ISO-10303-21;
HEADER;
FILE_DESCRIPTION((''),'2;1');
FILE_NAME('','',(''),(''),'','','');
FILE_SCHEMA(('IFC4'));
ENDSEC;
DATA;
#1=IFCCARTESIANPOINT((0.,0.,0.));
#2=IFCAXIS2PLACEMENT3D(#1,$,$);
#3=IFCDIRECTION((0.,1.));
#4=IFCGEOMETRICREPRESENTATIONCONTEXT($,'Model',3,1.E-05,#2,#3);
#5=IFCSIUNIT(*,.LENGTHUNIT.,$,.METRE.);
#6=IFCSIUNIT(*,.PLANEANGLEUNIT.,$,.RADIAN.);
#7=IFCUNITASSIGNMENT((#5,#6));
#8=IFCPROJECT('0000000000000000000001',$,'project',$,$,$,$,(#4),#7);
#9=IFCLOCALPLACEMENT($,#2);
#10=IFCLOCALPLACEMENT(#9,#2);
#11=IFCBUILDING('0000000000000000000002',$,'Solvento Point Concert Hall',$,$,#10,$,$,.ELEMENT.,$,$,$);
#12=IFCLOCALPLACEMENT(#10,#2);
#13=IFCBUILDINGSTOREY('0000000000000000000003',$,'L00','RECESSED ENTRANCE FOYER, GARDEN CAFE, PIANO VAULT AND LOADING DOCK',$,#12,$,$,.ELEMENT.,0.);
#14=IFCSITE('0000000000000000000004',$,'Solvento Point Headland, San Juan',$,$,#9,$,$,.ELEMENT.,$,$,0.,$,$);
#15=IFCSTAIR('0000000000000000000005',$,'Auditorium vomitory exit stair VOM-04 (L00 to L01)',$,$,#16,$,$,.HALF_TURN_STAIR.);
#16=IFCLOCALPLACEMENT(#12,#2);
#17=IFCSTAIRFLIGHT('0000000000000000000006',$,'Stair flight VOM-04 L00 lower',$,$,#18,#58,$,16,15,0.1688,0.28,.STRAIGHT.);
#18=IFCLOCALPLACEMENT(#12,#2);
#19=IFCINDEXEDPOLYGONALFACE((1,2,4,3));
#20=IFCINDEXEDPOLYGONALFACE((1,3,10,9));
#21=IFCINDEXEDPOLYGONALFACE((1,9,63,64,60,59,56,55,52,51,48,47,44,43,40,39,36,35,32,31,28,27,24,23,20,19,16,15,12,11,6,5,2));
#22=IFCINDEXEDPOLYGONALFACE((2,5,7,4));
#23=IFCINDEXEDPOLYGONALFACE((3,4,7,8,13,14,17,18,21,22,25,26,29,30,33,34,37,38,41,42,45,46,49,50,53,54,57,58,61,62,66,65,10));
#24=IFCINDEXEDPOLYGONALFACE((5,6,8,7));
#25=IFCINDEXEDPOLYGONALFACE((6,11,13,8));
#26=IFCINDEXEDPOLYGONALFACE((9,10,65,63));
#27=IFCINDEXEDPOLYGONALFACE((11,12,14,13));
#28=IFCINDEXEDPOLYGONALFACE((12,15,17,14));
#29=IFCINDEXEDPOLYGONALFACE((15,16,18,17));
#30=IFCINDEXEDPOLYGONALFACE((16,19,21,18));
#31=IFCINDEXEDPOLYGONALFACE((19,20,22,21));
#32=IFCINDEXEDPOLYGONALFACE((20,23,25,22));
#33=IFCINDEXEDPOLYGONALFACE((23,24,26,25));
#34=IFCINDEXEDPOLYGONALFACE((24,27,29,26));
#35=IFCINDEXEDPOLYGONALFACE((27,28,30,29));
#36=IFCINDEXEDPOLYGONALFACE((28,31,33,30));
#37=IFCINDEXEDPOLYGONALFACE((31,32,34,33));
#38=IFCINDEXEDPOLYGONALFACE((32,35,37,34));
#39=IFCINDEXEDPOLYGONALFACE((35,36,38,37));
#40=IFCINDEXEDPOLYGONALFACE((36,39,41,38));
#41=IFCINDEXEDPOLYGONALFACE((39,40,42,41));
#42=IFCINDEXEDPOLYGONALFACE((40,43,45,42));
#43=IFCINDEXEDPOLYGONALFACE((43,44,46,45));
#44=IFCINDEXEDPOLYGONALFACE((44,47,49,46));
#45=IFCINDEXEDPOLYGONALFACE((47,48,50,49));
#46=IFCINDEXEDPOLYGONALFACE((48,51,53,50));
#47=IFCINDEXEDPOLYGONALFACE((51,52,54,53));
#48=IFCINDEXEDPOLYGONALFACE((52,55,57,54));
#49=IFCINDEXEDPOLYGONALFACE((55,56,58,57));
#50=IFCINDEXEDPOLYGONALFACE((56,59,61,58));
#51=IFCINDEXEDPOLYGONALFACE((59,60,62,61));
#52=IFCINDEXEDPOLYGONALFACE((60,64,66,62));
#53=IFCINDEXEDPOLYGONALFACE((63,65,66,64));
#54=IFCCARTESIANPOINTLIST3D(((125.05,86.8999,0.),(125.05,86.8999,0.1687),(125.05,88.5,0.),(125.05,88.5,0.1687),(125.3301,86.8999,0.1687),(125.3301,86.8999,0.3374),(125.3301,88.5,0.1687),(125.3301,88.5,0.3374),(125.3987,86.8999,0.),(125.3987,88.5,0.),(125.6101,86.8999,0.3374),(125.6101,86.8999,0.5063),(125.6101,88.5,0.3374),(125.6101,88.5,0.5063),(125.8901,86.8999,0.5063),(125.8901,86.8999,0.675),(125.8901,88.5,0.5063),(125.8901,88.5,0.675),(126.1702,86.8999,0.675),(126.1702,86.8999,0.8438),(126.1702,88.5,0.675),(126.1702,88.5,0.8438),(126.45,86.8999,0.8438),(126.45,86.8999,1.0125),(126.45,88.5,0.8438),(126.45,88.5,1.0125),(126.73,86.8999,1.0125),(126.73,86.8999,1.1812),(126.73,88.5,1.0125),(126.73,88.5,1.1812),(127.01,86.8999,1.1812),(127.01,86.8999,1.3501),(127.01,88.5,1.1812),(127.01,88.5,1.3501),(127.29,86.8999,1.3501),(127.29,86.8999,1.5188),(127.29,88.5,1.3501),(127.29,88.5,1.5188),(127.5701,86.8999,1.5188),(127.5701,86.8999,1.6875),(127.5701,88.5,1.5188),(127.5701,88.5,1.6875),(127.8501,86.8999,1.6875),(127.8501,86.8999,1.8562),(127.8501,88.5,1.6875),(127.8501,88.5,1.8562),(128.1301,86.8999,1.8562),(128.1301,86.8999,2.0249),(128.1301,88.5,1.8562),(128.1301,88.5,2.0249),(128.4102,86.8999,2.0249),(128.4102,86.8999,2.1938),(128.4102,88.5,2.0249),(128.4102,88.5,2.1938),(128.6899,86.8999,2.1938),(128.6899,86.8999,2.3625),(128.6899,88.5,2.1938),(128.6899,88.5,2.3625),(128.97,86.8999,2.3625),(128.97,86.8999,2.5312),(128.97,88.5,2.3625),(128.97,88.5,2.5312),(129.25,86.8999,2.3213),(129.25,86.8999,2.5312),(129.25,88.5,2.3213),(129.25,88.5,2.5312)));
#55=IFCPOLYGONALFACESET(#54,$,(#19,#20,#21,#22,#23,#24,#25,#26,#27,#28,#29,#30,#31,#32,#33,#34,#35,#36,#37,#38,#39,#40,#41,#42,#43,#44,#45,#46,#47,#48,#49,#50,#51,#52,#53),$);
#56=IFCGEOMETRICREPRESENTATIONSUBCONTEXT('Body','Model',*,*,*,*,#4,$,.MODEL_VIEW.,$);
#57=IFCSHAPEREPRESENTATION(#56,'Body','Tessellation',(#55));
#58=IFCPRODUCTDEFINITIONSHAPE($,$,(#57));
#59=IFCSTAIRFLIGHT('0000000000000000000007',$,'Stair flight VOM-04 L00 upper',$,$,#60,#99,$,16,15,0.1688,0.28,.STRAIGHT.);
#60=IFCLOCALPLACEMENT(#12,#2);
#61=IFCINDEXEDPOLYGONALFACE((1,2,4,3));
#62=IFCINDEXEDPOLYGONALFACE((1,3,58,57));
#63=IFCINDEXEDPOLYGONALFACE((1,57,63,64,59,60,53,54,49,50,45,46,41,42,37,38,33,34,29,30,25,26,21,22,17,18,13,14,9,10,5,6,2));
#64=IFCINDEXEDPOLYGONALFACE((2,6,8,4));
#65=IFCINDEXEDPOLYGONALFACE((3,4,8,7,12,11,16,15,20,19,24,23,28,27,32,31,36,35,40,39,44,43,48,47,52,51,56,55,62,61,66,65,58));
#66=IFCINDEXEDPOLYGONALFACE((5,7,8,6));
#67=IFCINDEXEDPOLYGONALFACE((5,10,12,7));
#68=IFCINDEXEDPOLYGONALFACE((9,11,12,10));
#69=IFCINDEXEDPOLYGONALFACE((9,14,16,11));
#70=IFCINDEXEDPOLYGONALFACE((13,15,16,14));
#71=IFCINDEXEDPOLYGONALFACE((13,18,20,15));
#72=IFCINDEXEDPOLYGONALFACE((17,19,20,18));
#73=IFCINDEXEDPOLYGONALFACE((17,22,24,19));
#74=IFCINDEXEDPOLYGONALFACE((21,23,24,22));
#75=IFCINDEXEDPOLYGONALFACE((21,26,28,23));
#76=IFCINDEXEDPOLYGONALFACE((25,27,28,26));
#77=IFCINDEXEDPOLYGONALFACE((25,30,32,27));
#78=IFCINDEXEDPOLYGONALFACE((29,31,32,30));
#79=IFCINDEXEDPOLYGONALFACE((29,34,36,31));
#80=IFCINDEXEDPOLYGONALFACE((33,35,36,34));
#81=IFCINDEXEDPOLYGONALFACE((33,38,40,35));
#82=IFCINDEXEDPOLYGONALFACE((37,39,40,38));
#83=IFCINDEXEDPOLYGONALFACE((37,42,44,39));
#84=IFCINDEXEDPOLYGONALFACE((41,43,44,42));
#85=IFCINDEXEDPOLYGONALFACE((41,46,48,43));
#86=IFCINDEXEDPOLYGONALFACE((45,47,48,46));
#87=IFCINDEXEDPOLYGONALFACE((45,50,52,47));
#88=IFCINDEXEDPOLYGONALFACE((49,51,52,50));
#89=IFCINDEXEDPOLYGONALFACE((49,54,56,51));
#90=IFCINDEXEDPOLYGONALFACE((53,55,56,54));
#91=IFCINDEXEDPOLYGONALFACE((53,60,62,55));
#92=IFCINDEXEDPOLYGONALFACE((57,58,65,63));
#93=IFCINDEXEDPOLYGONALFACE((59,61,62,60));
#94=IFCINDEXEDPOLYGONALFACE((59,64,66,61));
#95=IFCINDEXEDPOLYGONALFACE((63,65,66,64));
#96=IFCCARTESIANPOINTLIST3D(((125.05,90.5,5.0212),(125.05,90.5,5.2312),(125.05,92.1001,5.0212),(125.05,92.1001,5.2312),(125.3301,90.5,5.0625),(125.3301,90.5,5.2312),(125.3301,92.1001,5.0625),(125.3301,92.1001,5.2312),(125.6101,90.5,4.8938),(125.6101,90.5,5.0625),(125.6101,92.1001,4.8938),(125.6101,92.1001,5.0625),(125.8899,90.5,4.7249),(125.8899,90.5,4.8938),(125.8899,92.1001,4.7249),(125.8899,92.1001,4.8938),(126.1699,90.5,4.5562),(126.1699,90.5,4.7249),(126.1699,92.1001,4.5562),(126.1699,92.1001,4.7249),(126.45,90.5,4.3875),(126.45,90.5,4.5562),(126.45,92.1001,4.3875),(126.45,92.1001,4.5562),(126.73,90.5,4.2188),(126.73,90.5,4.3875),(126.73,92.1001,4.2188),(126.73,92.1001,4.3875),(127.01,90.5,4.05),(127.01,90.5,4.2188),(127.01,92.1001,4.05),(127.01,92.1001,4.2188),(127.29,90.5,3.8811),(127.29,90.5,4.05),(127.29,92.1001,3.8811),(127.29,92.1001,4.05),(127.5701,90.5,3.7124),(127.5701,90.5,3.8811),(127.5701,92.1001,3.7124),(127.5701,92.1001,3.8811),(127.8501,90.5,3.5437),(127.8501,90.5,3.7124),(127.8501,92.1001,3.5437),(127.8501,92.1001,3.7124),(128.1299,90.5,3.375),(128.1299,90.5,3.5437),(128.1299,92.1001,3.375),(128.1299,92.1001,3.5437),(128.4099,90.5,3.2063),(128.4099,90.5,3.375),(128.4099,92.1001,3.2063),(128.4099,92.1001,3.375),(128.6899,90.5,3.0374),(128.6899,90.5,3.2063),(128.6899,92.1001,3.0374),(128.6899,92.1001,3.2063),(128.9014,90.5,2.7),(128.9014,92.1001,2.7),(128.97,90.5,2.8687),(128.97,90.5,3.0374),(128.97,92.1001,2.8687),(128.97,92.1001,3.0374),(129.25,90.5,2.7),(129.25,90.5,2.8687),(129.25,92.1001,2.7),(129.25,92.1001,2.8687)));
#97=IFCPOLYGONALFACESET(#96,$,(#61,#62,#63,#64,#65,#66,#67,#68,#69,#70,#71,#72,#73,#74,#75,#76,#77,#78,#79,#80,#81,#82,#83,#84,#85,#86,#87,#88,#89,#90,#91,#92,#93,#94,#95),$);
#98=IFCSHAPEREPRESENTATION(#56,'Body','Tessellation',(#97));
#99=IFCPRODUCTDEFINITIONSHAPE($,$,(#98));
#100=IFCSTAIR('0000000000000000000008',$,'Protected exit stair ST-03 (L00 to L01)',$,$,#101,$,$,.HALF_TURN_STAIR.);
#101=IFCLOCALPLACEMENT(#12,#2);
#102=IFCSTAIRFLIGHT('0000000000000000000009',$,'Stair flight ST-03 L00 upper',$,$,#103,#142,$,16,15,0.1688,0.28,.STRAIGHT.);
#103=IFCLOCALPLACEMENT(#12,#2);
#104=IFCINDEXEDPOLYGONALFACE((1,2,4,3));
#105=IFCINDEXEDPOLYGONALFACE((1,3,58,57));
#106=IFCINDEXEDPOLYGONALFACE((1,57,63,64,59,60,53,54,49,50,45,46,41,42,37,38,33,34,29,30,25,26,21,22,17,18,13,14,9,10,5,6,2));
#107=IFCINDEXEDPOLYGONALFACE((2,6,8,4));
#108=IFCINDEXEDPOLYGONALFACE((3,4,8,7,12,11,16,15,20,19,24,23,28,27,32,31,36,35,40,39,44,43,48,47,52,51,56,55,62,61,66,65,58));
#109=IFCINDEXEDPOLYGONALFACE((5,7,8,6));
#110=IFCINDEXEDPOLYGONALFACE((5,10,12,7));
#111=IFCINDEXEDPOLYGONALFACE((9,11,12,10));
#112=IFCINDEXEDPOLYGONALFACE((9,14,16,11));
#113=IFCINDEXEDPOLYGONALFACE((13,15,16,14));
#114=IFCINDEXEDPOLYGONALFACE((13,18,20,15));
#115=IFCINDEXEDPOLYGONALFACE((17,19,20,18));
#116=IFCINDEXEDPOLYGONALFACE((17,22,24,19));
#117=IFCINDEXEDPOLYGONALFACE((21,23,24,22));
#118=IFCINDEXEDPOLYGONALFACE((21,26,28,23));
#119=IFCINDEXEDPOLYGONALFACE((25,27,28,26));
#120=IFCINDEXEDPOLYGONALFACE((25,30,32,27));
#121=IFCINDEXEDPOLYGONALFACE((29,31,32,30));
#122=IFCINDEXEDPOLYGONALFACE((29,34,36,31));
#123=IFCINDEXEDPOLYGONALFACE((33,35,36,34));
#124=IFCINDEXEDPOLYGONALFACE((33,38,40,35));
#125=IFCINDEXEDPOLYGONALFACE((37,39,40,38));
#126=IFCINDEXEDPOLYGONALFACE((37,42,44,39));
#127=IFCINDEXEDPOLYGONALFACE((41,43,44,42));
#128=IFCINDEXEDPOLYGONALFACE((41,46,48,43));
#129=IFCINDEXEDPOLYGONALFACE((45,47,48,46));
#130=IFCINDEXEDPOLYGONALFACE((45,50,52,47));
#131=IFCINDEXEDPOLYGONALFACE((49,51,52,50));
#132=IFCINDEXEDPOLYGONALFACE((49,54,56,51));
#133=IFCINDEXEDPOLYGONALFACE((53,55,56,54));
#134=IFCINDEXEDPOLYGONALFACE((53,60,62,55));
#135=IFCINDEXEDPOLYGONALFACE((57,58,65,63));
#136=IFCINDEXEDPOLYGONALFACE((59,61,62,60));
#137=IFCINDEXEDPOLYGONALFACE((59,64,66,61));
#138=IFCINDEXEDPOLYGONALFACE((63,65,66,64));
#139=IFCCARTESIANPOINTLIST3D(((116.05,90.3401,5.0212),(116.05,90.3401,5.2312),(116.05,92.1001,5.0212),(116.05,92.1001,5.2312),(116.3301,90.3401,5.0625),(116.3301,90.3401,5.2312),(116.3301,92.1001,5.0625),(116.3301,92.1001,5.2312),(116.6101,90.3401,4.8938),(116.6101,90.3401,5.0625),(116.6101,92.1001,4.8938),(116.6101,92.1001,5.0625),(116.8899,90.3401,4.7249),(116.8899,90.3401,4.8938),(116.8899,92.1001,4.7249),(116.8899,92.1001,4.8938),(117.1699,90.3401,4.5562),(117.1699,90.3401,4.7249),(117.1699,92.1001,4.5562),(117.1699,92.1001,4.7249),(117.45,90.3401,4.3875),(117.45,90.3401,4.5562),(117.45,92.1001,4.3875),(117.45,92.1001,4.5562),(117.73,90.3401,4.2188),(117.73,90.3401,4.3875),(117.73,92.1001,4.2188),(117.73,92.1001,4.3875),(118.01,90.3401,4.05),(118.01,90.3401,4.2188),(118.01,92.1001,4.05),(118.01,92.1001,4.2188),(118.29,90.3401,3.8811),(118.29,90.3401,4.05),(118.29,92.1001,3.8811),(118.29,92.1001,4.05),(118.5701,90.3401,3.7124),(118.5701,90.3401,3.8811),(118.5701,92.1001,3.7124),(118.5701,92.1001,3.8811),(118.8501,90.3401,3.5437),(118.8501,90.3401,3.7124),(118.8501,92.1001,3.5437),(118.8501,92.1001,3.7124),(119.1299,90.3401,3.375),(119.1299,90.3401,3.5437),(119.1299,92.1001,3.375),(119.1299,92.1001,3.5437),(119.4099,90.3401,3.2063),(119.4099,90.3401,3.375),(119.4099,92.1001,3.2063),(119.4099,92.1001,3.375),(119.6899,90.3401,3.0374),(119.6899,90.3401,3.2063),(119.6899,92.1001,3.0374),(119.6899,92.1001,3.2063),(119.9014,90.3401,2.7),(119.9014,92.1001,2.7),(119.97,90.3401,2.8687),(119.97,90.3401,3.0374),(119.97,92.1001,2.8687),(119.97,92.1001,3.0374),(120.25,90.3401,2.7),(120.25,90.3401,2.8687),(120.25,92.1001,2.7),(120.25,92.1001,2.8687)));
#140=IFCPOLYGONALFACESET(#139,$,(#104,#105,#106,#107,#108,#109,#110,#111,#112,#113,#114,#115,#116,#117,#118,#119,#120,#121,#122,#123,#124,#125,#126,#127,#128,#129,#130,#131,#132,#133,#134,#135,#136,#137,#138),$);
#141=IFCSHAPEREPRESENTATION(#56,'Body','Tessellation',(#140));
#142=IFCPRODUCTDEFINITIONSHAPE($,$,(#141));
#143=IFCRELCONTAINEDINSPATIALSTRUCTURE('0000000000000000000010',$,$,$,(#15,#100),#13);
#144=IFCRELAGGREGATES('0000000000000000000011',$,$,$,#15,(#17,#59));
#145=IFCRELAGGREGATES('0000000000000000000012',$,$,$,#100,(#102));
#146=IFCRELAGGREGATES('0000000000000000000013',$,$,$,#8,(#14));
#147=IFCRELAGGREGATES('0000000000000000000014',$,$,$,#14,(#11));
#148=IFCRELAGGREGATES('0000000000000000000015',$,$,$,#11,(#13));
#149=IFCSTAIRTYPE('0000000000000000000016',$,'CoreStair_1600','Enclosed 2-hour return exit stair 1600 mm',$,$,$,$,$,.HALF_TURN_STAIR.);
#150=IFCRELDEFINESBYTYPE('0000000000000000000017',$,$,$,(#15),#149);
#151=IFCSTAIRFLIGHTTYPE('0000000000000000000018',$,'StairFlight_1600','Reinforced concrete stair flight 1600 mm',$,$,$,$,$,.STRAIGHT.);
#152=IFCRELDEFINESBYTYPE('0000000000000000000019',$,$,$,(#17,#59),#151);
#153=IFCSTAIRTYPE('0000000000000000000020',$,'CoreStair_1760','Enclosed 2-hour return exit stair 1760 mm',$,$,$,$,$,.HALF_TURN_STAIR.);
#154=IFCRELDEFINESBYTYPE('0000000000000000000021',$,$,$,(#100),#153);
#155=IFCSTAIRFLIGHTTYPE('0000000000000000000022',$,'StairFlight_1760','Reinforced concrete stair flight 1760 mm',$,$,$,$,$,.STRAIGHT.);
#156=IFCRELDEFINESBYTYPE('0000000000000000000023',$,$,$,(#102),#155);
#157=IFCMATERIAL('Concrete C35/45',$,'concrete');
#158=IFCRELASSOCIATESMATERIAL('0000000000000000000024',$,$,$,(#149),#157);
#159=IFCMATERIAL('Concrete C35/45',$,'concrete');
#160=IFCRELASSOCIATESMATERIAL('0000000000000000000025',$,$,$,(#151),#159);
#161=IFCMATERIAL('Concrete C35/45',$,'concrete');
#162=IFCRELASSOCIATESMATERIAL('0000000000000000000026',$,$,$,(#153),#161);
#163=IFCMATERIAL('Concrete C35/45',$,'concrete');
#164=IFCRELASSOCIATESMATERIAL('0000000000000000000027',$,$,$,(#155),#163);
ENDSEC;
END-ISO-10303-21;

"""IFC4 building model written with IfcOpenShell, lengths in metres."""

from ifc_helpers import new_model, si_unit, direction, frame, origin, place, context, subcontext, project, spatial, polyline, outline, extrude, material, type_object, element, aggregate, save


model = new_model("IFC4")

# Units and contexts
model_context = context("Model", 3, precision=1e-05, world=origin(), true_north=direction((0.0, 1.0)))
body_context = subcontext(model_context, "Body", "Model", "MODEL_VIEW")
ifc_project = project(units=[si_unit("LENGTHUNIT", "METRE"), si_unit("PLANEANGLEUNIT", "RADIAN")], contexts=[model_context])

# Site, building, storey
site_placement = place(None, origin())
site = spatial("IfcSite", under=ifc_project, at=site_placement, Name="Solvento Point Headland, San Juan", CompositionType="ELEMENT", RefElevation=0.0)
building_placement = place(site_placement, origin())
building = spatial("IfcBuilding", under=site, at=building_placement, Name="Solvento Point Concert Hall", CompositionType="ELEMENT")
storey_placement = place(building_placement, origin())
storey = spatial("IfcBuildingStorey", under=building, at=storey_placement, Name="L00", Description="RECESSED ENTRANCE FOYER, GARDEN CAFE, PIANO VAULT AND LOADING DOCK", CompositionType="ELEMENT", Elevation=0.0)

# Stair, stair flights
ifc_material_1 = material(Name="Concrete C35/45", Category="concrete")
stair_type_1 = type_object("IfcStairType", Name="CoreStair_1600", Description="Enclosed 2-hour return exit stair 1600 mm", PredefinedType="HALF_TURN_STAIR", material=ifc_material_1)
stair_1_placement = place(storey_placement, origin())
stair_1 = element("IfcStair", 1, at=stair_1_placement, inside=storey, type_object=stair_type_1, Name="Auditorium vomitory exit stair VOM-04 (L00 to L01)", PredefinedType="HALF_TURN_STAIR")
ifc_material_2 = material(Name="Concrete C35/45", Category="concrete")
stair_flight_type_1 = type_object("IfcStairFlightType", Name="StairFlight_1600", Description="Reinforced concrete stair flight 1600 mm", PredefinedType="STRAIGHT", material=ifc_material_2)
stair_flight_1_placement = place(storey_placement, frame((125.05, 87.7, 0.0), z_axis=(0.0, 0.0, 1.0), x_axis=(1.0, 0.0, 0.0)))
stair_flight_1 = element("IfcStairFlight", 2, at=stair_flight_1_placement, type_object=stair_flight_type_1, Name="Stair flight VOM-04 L00 lower", NumberOfRisers=16, NumberOfTreads=15, PredefinedType="STRAIGHT", RiserHeight=0.1688, TreadLength=0.28, context=body_context, shape_type="SweptSolid", body=[
    extrude(outline(polyline([(0.0, 0.0), (0.0, 0.1687), (0.28, 0.1687), (0.28, 0.3374), (0.5601, 0.3374), (0.5601, 0.5063), (0.8401, 0.5063), (0.8401, 0.675), (1.1201, 0.675), (1.1201, 0.8438), (1.3999, 0.8438), (1.3999, 1.0125), (1.6799, 1.0125), (1.6799, 1.1812), (1.96, 1.1812), (1.96, 1.3501), (2.24, 1.3501), (2.24, 1.5188), (2.52, 1.5188), (2.52, 1.6875), (2.8, 1.6875), (2.8, 1.8562), (3.0801, 1.8562), (3.0801, 2.0249), (3.3601, 2.0249), (3.3601, 2.1938), (3.6399, 2.1938), (3.6399, 2.3625), (3.9199, 2.3625), (3.9199, 2.5312), (4.2, 2.5312), (4.2, 2.7), (4.2, 2.3213), (0.3486, 0.0), (0.0, 0.0)])), frame((0.0, 0.8, 0.0), z_axis=(0.0, -1.0, 0.0), x_axis=(1.0, 0.0, 0.0)), (0.0, 0.0, 1.0), 1.6001),
])
stair_flight_2_placement = place(storey_placement, frame((129.25, 91.3, 2.7), z_axis=(0.0, 0.0, 1.0), x_axis=(-1.0, 0.0, 0.0)))
stair_flight_2 = element("IfcStairFlight", 3, at=stair_flight_2_placement, type_object=stair_flight_type_1, Name="Stair flight VOM-04 L00 upper", NumberOfRisers=16, NumberOfTreads=15, PredefinedType="STRAIGHT", RiserHeight=0.1688, TreadLength=0.28, context=body_context, shape_type="SweptSolid", body=[
    extrude(outline(polyline([(0.0, 0.0), (0.0, 0.1687), (0.28, 0.1687), (0.28, 0.3374), (0.5601, 0.3374), (0.5601, 0.5063), (0.8401, 0.5063), (0.8401, 0.675), (1.1201, 0.675), (1.1201, 0.8438), (1.3999, 0.8438), (1.3999, 1.0125), (1.6799, 1.0125), (1.6799, 1.1812), (1.96, 1.1812), (1.96, 1.3501), (2.24, 1.3501), (2.24, 1.5188), (2.52, 1.5188), (2.52, 1.6875), (2.8, 1.6875), (2.8, 1.8562), (3.0801, 1.8562), (3.0801, 2.0249), (3.3601, 2.0249), (3.3601, 2.1938), (3.6399, 2.1938), (3.6399, 2.3625), (3.9199, 2.3625), (3.9199, 2.5312), (4.2, 2.5312), (4.2, 2.7), (4.2, 2.3213), (0.3486, 0.0), (0.0, 0.0)])), frame((0.0, 0.8, 0.0), z_axis=(0.0, -1.0, 0.0), x_axis=(1.0, 0.0, 0.0)), (0.0, 0.0, 1.0), 1.6001),
])
aggregate(stair_1, [stair_flight_1, stair_flight_2])

# Stair, stair flight
ifc_material_3 = material(Name="Concrete C35/45", Category="concrete")
stair_type_2 = type_object("IfcStairType", Name="CoreStair_1760", Description="Enclosed 2-hour return exit stair 1760 mm", PredefinedType="HALF_TURN_STAIR", material=ifc_material_3)
stair_2_placement = place(storey_placement, origin())
stair_2 = element("IfcStair", 4, at=stair_2_placement, inside=storey, type_object=stair_type_2, Name="Protected exit stair ST-03 (L00 to L01)", PredefinedType="HALF_TURN_STAIR")
ifc_material_4 = material(Name="Concrete C35/45", Category="concrete")
stair_flight_type_2 = type_object("IfcStairFlightType", Name="StairFlight_1760", Description="Reinforced concrete stair flight 1760 mm", PredefinedType="STRAIGHT", material=ifc_material_4)
stair_flight_3_placement = place(storey_placement, frame((120.25, 91.22, 2.7), z_axis=(0.0, 0.0, 1.0), x_axis=(-1.0, 0.0, 0.0)))
stair_flight_3 = element("IfcStairFlight", 5, at=stair_flight_3_placement, type_object=stair_flight_type_2, Name="Stair flight ST-03 L00 upper", NumberOfRisers=16, NumberOfTreads=15, PredefinedType="STRAIGHT", RiserHeight=0.1688, TreadLength=0.28, context=body_context, shape_type="SweptSolid", body=[
    extrude(outline(polyline([(0.0, 0.0), (0.0, 0.1687), (0.28, 0.1687), (0.28, 0.3374), (0.5601, 0.3374), (0.5601, 0.5063), (0.8401, 0.5063), (0.8401, 0.675), (1.1201, 0.675), (1.1201, 0.8438), (1.3999, 0.8438), (1.3999, 1.0125), (1.6799, 1.0125), (1.6799, 1.1812), (1.96, 1.1812), (1.96, 1.3501), (2.24, 1.3501), (2.24, 1.5188), (2.52, 1.5188), (2.52, 1.6875), (2.8, 1.6875), (2.8, 1.8562), (3.0801, 1.8562), (3.0801, 2.0249), (3.3601, 2.0249), (3.3601, 2.1938), (3.6399, 2.1938), (3.6399, 2.3625), (3.9199, 2.3625), (3.9199, 2.5312), (4.2, 2.5312), (4.2, 2.7), (4.2, 2.3213), (0.3486, 0.0), (0.0, 0.0)])), frame((0.0, 0.8799, 0.0), z_axis=(0.0, -1.0, 0.0), x_axis=(1.0, 0.0, 0.0)), (0.0, 0.0, 1.0), 1.76),
])
aggregate(stair_2, [stair_flight_3])

save(model, "model.ifc")
